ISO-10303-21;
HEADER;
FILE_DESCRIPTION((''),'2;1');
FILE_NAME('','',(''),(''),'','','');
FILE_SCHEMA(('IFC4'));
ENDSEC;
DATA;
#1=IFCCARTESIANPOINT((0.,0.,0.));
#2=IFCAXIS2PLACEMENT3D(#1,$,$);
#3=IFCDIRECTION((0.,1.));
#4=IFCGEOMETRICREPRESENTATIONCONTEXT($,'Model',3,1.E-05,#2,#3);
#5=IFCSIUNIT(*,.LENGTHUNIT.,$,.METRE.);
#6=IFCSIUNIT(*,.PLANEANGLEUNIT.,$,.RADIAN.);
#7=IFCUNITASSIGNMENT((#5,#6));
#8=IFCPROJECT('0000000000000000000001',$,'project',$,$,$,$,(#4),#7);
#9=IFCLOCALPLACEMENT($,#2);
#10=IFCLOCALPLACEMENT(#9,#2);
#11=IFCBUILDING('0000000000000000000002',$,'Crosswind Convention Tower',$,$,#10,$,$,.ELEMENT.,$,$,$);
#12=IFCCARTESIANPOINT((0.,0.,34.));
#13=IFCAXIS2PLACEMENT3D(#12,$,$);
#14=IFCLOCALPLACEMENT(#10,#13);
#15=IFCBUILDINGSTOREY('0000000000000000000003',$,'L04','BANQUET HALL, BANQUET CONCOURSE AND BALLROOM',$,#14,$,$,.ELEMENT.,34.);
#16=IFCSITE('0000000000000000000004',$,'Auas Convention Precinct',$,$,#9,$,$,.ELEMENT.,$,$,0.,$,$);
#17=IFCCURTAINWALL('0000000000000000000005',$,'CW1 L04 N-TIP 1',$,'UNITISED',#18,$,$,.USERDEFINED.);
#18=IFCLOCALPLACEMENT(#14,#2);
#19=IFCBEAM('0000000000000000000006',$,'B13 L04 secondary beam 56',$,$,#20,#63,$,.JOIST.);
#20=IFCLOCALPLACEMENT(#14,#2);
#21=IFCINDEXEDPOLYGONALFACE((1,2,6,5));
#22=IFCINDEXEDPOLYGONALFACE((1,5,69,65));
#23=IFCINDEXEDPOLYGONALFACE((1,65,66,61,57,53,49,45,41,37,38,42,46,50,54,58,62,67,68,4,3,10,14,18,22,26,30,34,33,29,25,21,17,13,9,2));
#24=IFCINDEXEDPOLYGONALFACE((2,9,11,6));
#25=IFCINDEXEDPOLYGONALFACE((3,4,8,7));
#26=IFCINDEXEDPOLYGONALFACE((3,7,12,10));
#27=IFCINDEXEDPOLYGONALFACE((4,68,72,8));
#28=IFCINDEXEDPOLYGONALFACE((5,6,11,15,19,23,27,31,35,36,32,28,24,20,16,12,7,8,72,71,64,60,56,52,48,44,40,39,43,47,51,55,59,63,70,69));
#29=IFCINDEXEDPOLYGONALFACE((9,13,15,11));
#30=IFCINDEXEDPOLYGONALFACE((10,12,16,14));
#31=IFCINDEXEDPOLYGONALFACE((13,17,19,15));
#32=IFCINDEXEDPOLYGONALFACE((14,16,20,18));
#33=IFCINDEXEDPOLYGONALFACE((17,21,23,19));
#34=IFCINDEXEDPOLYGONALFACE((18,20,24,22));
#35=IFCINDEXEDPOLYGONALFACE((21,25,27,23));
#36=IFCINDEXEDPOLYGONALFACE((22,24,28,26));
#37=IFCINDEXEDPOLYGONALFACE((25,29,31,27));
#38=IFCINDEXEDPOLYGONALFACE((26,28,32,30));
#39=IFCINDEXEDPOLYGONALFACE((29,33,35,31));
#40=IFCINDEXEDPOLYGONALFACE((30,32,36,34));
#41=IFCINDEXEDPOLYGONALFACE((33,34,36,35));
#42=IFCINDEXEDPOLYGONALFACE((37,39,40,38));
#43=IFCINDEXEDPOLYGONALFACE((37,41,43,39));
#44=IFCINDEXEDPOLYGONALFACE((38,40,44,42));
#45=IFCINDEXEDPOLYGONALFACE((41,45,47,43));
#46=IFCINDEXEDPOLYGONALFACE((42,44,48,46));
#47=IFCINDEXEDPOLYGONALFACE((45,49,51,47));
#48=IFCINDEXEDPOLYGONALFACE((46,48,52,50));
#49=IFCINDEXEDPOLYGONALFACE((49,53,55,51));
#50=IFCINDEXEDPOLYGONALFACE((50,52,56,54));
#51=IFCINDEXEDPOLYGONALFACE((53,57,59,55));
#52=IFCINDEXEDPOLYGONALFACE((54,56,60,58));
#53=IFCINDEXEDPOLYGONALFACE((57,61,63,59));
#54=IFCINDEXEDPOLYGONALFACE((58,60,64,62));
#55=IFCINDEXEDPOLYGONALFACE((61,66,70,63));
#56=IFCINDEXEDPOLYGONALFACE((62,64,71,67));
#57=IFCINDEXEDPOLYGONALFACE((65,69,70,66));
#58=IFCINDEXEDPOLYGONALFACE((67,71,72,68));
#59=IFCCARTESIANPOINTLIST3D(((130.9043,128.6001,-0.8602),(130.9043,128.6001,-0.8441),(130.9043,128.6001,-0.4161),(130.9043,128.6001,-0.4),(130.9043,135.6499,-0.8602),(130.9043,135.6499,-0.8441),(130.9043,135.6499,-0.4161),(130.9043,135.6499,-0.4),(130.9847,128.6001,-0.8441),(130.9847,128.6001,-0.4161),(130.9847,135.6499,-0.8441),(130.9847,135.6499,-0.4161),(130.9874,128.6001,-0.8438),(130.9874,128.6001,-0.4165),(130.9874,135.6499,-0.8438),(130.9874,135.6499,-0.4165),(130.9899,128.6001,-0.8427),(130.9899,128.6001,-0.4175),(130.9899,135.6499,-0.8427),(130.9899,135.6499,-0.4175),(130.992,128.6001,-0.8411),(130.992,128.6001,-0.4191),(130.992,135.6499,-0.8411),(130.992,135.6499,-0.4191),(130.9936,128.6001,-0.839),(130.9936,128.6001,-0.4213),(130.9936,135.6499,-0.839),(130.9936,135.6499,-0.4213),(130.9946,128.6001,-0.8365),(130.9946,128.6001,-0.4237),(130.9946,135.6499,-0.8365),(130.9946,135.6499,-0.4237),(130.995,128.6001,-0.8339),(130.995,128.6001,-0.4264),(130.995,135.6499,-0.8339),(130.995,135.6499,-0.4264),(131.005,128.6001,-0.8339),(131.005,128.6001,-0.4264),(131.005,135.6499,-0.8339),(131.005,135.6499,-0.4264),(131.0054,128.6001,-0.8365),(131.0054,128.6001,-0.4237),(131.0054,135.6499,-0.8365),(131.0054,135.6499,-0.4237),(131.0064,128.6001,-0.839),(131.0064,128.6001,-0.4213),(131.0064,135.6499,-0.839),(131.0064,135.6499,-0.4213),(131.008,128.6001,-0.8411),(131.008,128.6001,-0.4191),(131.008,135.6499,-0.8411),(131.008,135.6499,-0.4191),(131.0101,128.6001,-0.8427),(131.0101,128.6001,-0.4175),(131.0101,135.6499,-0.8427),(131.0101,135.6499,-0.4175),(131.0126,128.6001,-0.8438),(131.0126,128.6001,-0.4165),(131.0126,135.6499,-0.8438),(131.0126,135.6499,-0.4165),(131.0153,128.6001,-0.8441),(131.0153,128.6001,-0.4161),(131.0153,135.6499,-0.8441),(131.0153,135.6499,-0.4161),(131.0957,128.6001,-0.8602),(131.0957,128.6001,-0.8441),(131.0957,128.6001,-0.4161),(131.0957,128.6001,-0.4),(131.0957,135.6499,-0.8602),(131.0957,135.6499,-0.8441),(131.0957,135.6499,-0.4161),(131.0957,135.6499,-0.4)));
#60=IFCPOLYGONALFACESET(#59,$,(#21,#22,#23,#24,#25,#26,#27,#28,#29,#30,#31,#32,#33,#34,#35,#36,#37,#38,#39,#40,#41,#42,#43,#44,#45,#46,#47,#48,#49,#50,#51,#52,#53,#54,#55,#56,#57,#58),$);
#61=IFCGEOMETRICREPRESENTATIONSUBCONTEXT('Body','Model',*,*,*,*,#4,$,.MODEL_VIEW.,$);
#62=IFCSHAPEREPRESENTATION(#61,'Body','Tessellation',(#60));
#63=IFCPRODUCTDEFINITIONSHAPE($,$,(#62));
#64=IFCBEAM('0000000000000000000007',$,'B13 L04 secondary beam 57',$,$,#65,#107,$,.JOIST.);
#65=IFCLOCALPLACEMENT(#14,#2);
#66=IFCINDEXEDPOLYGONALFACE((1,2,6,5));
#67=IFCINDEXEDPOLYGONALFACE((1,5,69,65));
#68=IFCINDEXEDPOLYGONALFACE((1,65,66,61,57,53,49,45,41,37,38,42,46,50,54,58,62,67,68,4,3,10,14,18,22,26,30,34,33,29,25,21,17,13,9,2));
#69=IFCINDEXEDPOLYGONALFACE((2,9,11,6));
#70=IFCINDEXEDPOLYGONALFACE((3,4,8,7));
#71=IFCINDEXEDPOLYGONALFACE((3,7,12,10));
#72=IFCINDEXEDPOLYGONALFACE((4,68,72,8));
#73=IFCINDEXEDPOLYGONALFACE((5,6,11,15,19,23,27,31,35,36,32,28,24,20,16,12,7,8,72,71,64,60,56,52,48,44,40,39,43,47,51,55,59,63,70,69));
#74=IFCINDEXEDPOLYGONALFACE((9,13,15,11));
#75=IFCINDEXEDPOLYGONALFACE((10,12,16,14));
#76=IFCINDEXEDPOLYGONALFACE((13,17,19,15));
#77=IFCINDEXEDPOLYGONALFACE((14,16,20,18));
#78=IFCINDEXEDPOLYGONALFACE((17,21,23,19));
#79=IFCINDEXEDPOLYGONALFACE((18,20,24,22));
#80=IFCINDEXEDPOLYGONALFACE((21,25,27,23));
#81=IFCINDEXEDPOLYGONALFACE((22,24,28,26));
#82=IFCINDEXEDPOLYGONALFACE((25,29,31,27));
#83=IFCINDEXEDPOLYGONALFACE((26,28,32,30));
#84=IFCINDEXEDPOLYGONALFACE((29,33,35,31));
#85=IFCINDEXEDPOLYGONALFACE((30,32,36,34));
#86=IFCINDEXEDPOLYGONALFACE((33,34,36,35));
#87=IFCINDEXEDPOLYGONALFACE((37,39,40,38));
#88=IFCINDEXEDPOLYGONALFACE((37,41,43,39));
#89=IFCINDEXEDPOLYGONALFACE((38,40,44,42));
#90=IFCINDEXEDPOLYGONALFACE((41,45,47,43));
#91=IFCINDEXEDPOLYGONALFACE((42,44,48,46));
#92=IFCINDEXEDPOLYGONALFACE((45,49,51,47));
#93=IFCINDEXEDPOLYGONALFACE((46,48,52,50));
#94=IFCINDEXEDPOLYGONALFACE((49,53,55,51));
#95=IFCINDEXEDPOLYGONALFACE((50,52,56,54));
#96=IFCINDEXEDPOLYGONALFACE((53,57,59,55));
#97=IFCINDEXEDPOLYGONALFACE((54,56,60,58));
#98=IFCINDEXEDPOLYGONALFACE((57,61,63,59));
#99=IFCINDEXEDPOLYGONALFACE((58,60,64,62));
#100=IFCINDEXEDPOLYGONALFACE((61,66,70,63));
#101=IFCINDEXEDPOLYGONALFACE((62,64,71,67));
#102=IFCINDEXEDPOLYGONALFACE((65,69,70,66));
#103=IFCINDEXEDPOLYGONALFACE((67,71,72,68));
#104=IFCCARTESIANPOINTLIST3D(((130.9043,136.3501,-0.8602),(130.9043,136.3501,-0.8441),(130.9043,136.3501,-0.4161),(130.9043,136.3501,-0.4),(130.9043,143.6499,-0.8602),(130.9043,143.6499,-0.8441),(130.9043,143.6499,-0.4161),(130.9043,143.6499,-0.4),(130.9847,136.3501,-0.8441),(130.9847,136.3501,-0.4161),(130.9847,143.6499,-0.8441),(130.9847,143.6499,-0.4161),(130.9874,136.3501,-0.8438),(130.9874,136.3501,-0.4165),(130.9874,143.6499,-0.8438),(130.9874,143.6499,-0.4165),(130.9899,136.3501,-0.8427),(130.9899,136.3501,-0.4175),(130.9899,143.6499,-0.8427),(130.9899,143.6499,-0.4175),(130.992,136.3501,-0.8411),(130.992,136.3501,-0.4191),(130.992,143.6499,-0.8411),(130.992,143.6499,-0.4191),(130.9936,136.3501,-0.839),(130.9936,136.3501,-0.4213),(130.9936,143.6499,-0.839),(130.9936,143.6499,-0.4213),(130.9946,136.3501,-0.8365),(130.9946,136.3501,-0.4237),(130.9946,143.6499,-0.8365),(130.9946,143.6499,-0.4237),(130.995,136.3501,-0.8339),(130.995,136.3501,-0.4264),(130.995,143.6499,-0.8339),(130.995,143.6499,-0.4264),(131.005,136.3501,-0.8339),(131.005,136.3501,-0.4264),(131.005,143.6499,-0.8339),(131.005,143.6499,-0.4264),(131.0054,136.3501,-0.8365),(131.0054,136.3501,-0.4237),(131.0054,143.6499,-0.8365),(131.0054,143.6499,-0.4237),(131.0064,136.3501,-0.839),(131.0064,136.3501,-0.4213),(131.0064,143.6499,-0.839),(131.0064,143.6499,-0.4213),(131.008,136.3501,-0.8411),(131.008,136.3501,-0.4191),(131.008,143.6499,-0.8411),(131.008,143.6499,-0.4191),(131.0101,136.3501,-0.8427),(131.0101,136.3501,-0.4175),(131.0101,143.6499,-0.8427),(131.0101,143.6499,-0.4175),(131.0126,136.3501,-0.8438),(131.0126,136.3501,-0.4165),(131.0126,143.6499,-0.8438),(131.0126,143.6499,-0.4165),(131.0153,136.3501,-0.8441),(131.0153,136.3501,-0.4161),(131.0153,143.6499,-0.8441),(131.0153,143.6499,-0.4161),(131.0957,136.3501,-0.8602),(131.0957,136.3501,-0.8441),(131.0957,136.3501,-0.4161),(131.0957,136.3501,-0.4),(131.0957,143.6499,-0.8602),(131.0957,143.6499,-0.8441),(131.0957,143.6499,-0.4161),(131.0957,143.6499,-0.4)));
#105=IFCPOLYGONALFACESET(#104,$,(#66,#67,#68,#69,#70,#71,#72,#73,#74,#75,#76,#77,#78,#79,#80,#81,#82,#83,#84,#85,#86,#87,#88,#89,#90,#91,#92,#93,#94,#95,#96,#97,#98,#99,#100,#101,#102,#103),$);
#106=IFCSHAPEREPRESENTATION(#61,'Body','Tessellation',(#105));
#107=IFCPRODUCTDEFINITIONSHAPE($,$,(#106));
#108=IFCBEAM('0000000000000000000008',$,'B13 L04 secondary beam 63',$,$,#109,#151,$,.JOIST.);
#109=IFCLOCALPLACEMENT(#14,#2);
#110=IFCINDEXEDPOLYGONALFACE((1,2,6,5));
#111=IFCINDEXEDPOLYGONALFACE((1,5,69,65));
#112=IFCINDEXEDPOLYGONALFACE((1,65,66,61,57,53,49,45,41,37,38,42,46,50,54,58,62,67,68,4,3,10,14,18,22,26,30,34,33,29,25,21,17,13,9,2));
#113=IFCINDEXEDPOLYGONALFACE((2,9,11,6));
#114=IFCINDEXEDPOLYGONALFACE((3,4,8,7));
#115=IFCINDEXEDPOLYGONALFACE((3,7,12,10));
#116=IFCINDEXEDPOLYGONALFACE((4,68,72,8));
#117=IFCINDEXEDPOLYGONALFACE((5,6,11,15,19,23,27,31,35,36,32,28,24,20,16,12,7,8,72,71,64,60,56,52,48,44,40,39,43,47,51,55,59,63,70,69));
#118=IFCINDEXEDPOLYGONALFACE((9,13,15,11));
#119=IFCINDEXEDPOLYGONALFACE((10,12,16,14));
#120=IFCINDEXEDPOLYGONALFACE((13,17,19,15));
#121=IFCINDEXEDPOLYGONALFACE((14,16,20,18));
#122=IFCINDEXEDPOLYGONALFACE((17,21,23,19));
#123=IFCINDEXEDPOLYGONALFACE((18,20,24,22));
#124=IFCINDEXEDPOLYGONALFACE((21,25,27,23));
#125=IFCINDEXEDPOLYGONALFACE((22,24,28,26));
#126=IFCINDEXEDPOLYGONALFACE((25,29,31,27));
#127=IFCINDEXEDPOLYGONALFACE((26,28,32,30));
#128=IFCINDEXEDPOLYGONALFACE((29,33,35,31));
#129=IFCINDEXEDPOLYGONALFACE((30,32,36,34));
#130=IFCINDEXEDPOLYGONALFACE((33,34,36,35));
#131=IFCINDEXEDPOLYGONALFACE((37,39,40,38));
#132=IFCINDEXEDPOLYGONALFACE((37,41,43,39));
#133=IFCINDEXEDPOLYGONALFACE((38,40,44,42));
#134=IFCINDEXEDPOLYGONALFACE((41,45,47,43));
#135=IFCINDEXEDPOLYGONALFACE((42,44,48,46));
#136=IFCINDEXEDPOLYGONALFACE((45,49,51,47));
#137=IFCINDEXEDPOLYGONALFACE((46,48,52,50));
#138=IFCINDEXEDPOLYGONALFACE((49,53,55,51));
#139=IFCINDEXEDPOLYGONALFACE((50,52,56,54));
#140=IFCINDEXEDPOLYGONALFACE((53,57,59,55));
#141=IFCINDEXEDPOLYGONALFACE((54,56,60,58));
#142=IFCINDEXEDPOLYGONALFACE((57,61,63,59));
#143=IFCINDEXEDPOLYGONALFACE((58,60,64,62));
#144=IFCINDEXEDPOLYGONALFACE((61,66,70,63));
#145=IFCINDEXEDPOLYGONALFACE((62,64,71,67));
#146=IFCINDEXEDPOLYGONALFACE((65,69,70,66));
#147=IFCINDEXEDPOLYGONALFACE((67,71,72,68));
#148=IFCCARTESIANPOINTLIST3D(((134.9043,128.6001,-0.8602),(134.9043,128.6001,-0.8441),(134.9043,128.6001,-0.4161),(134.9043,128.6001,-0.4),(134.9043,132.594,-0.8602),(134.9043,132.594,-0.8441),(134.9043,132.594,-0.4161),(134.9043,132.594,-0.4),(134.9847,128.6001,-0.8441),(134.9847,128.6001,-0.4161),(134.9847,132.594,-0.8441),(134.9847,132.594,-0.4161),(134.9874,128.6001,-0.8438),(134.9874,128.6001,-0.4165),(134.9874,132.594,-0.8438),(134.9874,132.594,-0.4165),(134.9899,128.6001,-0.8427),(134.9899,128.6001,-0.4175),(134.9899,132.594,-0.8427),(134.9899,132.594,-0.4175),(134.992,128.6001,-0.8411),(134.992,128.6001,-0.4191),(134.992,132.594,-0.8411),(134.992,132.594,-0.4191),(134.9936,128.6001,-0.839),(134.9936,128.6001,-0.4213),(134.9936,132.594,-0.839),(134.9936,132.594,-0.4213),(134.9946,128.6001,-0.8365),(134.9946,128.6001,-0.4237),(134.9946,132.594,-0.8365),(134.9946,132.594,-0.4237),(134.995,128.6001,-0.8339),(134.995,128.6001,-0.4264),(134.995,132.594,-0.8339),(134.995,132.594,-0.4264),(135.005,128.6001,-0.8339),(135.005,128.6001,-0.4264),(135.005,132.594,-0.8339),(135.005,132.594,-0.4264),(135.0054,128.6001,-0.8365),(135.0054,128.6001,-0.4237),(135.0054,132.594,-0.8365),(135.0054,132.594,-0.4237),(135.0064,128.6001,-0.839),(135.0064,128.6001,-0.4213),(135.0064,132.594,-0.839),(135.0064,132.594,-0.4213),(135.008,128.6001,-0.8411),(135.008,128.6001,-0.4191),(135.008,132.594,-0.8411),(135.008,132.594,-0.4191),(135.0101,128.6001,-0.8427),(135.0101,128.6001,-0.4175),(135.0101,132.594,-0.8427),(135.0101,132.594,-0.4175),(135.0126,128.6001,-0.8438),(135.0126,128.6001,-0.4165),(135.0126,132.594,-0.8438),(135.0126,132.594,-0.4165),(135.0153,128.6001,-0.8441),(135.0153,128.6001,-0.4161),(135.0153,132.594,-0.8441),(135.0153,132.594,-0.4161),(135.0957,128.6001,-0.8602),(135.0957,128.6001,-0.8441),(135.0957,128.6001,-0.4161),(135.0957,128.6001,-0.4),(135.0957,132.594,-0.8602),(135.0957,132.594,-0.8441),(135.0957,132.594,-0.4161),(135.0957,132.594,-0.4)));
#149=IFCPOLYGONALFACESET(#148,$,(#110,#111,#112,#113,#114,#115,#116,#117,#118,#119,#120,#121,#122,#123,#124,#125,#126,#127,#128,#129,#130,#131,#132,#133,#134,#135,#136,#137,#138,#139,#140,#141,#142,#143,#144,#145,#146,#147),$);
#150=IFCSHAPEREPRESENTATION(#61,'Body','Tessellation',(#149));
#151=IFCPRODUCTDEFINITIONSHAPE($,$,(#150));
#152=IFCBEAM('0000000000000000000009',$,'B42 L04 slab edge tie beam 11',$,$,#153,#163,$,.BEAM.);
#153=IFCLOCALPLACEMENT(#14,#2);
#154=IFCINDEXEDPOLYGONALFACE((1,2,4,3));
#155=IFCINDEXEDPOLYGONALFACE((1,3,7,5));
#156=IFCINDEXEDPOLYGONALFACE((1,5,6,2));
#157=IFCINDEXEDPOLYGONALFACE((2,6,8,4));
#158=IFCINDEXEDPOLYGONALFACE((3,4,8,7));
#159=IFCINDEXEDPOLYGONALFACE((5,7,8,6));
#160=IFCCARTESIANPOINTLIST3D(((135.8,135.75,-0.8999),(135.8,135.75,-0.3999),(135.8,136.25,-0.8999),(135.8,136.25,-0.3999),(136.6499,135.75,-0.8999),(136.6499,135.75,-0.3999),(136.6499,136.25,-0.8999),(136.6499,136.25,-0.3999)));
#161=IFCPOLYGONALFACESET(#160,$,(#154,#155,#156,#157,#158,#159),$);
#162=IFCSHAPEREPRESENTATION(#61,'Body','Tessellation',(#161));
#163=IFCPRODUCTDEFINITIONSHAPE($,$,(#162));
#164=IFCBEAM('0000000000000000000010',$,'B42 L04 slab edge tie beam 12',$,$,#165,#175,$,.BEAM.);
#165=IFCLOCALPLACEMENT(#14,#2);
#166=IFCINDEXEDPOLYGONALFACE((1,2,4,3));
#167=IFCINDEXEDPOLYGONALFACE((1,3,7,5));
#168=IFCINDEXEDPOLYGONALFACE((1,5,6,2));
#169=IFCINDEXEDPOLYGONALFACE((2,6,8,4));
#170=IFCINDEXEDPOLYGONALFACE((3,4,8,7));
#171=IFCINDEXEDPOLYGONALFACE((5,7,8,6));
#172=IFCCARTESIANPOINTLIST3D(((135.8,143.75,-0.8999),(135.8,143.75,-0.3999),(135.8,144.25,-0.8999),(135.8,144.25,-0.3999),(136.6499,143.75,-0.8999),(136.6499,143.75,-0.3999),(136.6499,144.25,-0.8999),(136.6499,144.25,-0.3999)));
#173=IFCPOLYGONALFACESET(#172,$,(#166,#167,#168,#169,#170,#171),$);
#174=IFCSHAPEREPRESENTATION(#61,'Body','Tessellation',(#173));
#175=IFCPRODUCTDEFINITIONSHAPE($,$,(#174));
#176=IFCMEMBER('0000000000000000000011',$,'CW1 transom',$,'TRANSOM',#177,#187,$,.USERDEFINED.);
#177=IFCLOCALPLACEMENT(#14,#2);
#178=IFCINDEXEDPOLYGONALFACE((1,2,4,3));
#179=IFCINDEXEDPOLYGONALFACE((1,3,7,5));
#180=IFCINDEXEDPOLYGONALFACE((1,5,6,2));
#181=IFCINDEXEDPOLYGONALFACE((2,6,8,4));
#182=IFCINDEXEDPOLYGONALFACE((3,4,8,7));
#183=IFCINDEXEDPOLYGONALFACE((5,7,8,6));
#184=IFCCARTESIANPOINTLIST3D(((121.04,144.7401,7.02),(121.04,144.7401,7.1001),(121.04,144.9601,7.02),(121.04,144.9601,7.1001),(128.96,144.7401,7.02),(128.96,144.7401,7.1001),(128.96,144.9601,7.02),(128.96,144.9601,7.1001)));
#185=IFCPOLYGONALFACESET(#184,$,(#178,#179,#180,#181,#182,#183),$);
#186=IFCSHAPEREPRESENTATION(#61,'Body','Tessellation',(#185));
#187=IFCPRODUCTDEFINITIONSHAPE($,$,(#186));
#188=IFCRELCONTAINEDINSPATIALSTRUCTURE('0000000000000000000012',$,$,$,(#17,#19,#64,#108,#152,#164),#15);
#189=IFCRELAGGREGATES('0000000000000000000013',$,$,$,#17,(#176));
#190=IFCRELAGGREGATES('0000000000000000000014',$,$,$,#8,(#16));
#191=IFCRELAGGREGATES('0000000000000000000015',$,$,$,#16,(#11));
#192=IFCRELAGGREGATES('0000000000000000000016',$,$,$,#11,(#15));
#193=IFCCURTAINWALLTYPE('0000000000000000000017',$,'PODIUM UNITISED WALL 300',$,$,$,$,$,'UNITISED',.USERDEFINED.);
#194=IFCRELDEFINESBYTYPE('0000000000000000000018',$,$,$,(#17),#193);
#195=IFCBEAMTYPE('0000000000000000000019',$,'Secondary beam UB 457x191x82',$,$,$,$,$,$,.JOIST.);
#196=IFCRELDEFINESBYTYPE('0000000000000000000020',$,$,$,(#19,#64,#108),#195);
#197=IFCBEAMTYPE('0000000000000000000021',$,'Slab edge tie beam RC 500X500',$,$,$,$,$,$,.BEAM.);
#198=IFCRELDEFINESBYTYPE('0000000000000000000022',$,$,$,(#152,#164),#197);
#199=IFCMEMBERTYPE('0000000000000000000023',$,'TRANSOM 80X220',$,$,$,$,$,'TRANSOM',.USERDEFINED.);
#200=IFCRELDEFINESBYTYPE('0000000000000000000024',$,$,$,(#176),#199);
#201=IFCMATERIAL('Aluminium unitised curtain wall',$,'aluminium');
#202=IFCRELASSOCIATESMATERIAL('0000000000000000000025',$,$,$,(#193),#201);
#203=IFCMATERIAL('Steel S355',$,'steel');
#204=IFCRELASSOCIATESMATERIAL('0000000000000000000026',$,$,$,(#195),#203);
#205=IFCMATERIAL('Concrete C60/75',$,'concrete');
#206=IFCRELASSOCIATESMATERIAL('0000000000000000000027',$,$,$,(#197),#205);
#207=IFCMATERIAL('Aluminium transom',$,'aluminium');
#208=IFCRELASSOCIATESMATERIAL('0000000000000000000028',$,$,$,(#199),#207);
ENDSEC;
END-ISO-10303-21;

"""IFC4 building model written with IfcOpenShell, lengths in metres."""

from ifc_helpers import new_model, si_unit, direction, frame, origin, origin_2d, place, context, subcontext, project, spatial, rectangle, i_section, extrude, material, material_profile, profile_set, type_object, element, aggregate, save


model = new_model("IFC4")

# Units and contexts
model_context = context("Model", 3, precision=1e-05, world=origin(), true_north=direction((0.0, 1.0)))
body_context = subcontext(model_context, "Body", "Model", "MODEL_VIEW")
ifc_project = project(units=[si_unit("LENGTHUNIT", "METRE"), si_unit("PLANEANGLEUNIT", "RADIAN")], contexts=[model_context])

# Site, building, storey
site_placement = place(None, origin())
site = spatial("IfcSite", under=ifc_project, at=site_placement, Name="Auas Convention Precinct", CompositionType="ELEMENT", RefElevation=0.0)
building_placement = place(site_placement, origin())
building = spatial("IfcBuilding", under=site, at=building_placement, Name="Crosswind Convention Tower", CompositionType="ELEMENT")
storey_placement = place(building_placement, frame((0.0, 0.0, 34.0)))
storey = spatial("IfcBuildingStorey", under=building, at=storey_placement, Name="L04", Description="BANQUET HALL, BANQUET CONCOURSE AND BALLROOM", CompositionType="ELEMENT", Elevation=34.0)

# Shared definitions
ifc_material_1 = material(Name="Concrete C60/75", Category="concrete")

# Shared definitions
ifc_material_2 = material(Name="Steel S355", Category="steel")

# Curtain wall
ifc_material_3 = material(Name="Aluminium unitised curtain wall", Category="aluminium")
curtain_wall_type = type_object("IfcCurtainWallType", Name="PODIUM UNITISED WALL 300", ElementType="UNITISED", PredefinedType="USERDEFINED", material=ifc_material_3)
curtain_wall_placement = place(storey_placement, origin())
curtain_wall = element("IfcCurtainWall", 1, at=curtain_wall_placement, inside=storey, type_object=curtain_wall_type, Name="CW1 L04 N-TIP 1", ObjectType="UNITISED", PredefinedType="USERDEFINED")

# Beams
ifc_material_profile_1 = material_profile(ifc_material_2, i_section(OverallWidth=0.1914, OverallDepth=0.4602, WebThickness=0.01, FlangeThickness=0.0161, FilletRadius=0.0103, at=origin_2d()), Name="UB 457x191x82")
ifc_profile_set_1 = profile_set([ifc_material_profile_1], Name="Steel S355")
beam_type_1 = type_object("IfcBeamType", Name="Secondary beam UB 457x191x82", PredefinedType="JOIST", material=ifc_profile_set_1)
beam_1_placement = place(storey_placement, frame((131.0, 128.6001, -0.6301), z_axis=(0.0, 1.0, 0.0), x_axis=(-1.0, 0.0, 0.0)))
element("IfcBeam", 2, at=beam_1_placement, inside=storey, type_object=beam_type_1, Name="B13 L04 secondary beam 56", PredefinedType="JOIST", context=body_context, shape_type="SweptSolid", body=[
    extrude(i_section(OverallWidth=0.1914, OverallDepth=0.4602, WebThickness=0.01, FlangeThickness=0.0161, FilletRadius=0.0103, at=origin_2d()), origin(), (0.0, 0.0, 1.0), 7.0498),
])
beam_2_placement = place(storey_placement, frame((131.0, 136.3501, -0.6301), z_axis=(0.0, 1.0, 0.0), x_axis=(-1.0, 0.0, 0.0)))
element("IfcBeam", 3, at=beam_2_placement, inside=storey, type_object=beam_type_1, Name="B13 L04 secondary beam 57", PredefinedType="JOIST", context=body_context, shape_type="SweptSolid", body=[
    extrude(i_section(OverallWidth=0.1914, OverallDepth=0.4602, WebThickness=0.01, FlangeThickness=0.0161, FilletRadius=0.0103, at=origin_2d()), origin(), (0.0, 0.0, 1.0), 7.2998),
])
beam_3_placement = place(storey_placement, frame((135.0, 128.6001, -0.6301), z_axis=(0.0, 1.0, 0.0), x_axis=(-1.0, 0.0, 0.0)))
element("IfcBeam", 4, at=beam_3_placement, inside=storey, type_object=beam_type_1, Name="B13 L04 secondary beam 63", PredefinedType="JOIST", context=body_context, shape_type="SweptSolid", body=[
    extrude(i_section(OverallWidth=0.1914, OverallDepth=0.4602, WebThickness=0.01, FlangeThickness=0.0161, FilletRadius=0.0103, at=origin_2d()), origin(), (0.0, 0.0, 1.0), 3.9939),
])
ifc_material_profile_2 = material_profile(ifc_material_1, rectangle(XDim=0.5, YDim=0.5, at=origin_2d()), Name="RC 500X500")
ifc_profile_set_2 = profile_set([ifc_material_profile_2], Name="Concrete C60/75")
beam_type_2 = type_object("IfcBeamType", Name="Slab edge tie beam RC 500X500", PredefinedType="BEAM", material=ifc_profile_set_2)
for number, where, z_axis, x_axis, name in (
    (5, (135.8, 136.0, -0.6499), (1.0, 0.0, 0.0), (0.0, 1.0, 0.0), "B42 L04 slab edge tie beam 11"),
    (6, (135.8, 144.0, -0.6499), (1.0, 0.0, 0.0), (0.0, 1.0, 0.0), "B42 L04 slab edge tie beam 12"),
):
    element("IfcBeam", number, at=place(storey_placement, frame(where, z_axis=z_axis, x_axis=x_axis)), inside=storey, type_object=beam_type_2, Name=name, PredefinedType="BEAM", context=body_context, shape_type="SweptSolid", body=[
        extrude(rectangle(XDim=0.5, YDim=0.5, at=origin_2d()), origin(), (0.0, 0.0, 1.0), 0.8499),
    ])

# Member
ifc_material_4 = material(Name="Aluminium transom", Category="aluminium")
ifc_material_profile_3 = material_profile(ifc_material_4, rectangle(XDim=0.22, YDim=0.0801, at=origin_2d()), Name="AL 220X80")
ifc_profile_set_3 = profile_set([ifc_material_profile_3], Name="Aluminium transom")
member_type_1 = type_object("IfcMemberType", Name="TRANSOM 80X220", ElementType="TRANSOM", PredefinedType="USERDEFINED", material=ifc_profile_set_3)
member_1_placement = place(storey_placement, frame((128.96, 144.8501, 7.0601), z_axis=(-1.0, 0.0, 0.0), x_axis=(0.0, -1.0, 0.0)))
member_1 = element("IfcMember", 7, at=member_1_placement, type_object=member_type_1, Name="CW1 transom", ObjectType="TRANSOM", PredefinedType="USERDEFINED", context=body_context, shape_type="SweptSolid", body=[
    extrude(rectangle(XDim=0.22, YDim=0.0801, at=origin_2d()), origin(), (0.0, 0.0, 1.0), 7.9199),
])

aggregate(curtain_wall, [member_1])

save(model, "model.ifc")
